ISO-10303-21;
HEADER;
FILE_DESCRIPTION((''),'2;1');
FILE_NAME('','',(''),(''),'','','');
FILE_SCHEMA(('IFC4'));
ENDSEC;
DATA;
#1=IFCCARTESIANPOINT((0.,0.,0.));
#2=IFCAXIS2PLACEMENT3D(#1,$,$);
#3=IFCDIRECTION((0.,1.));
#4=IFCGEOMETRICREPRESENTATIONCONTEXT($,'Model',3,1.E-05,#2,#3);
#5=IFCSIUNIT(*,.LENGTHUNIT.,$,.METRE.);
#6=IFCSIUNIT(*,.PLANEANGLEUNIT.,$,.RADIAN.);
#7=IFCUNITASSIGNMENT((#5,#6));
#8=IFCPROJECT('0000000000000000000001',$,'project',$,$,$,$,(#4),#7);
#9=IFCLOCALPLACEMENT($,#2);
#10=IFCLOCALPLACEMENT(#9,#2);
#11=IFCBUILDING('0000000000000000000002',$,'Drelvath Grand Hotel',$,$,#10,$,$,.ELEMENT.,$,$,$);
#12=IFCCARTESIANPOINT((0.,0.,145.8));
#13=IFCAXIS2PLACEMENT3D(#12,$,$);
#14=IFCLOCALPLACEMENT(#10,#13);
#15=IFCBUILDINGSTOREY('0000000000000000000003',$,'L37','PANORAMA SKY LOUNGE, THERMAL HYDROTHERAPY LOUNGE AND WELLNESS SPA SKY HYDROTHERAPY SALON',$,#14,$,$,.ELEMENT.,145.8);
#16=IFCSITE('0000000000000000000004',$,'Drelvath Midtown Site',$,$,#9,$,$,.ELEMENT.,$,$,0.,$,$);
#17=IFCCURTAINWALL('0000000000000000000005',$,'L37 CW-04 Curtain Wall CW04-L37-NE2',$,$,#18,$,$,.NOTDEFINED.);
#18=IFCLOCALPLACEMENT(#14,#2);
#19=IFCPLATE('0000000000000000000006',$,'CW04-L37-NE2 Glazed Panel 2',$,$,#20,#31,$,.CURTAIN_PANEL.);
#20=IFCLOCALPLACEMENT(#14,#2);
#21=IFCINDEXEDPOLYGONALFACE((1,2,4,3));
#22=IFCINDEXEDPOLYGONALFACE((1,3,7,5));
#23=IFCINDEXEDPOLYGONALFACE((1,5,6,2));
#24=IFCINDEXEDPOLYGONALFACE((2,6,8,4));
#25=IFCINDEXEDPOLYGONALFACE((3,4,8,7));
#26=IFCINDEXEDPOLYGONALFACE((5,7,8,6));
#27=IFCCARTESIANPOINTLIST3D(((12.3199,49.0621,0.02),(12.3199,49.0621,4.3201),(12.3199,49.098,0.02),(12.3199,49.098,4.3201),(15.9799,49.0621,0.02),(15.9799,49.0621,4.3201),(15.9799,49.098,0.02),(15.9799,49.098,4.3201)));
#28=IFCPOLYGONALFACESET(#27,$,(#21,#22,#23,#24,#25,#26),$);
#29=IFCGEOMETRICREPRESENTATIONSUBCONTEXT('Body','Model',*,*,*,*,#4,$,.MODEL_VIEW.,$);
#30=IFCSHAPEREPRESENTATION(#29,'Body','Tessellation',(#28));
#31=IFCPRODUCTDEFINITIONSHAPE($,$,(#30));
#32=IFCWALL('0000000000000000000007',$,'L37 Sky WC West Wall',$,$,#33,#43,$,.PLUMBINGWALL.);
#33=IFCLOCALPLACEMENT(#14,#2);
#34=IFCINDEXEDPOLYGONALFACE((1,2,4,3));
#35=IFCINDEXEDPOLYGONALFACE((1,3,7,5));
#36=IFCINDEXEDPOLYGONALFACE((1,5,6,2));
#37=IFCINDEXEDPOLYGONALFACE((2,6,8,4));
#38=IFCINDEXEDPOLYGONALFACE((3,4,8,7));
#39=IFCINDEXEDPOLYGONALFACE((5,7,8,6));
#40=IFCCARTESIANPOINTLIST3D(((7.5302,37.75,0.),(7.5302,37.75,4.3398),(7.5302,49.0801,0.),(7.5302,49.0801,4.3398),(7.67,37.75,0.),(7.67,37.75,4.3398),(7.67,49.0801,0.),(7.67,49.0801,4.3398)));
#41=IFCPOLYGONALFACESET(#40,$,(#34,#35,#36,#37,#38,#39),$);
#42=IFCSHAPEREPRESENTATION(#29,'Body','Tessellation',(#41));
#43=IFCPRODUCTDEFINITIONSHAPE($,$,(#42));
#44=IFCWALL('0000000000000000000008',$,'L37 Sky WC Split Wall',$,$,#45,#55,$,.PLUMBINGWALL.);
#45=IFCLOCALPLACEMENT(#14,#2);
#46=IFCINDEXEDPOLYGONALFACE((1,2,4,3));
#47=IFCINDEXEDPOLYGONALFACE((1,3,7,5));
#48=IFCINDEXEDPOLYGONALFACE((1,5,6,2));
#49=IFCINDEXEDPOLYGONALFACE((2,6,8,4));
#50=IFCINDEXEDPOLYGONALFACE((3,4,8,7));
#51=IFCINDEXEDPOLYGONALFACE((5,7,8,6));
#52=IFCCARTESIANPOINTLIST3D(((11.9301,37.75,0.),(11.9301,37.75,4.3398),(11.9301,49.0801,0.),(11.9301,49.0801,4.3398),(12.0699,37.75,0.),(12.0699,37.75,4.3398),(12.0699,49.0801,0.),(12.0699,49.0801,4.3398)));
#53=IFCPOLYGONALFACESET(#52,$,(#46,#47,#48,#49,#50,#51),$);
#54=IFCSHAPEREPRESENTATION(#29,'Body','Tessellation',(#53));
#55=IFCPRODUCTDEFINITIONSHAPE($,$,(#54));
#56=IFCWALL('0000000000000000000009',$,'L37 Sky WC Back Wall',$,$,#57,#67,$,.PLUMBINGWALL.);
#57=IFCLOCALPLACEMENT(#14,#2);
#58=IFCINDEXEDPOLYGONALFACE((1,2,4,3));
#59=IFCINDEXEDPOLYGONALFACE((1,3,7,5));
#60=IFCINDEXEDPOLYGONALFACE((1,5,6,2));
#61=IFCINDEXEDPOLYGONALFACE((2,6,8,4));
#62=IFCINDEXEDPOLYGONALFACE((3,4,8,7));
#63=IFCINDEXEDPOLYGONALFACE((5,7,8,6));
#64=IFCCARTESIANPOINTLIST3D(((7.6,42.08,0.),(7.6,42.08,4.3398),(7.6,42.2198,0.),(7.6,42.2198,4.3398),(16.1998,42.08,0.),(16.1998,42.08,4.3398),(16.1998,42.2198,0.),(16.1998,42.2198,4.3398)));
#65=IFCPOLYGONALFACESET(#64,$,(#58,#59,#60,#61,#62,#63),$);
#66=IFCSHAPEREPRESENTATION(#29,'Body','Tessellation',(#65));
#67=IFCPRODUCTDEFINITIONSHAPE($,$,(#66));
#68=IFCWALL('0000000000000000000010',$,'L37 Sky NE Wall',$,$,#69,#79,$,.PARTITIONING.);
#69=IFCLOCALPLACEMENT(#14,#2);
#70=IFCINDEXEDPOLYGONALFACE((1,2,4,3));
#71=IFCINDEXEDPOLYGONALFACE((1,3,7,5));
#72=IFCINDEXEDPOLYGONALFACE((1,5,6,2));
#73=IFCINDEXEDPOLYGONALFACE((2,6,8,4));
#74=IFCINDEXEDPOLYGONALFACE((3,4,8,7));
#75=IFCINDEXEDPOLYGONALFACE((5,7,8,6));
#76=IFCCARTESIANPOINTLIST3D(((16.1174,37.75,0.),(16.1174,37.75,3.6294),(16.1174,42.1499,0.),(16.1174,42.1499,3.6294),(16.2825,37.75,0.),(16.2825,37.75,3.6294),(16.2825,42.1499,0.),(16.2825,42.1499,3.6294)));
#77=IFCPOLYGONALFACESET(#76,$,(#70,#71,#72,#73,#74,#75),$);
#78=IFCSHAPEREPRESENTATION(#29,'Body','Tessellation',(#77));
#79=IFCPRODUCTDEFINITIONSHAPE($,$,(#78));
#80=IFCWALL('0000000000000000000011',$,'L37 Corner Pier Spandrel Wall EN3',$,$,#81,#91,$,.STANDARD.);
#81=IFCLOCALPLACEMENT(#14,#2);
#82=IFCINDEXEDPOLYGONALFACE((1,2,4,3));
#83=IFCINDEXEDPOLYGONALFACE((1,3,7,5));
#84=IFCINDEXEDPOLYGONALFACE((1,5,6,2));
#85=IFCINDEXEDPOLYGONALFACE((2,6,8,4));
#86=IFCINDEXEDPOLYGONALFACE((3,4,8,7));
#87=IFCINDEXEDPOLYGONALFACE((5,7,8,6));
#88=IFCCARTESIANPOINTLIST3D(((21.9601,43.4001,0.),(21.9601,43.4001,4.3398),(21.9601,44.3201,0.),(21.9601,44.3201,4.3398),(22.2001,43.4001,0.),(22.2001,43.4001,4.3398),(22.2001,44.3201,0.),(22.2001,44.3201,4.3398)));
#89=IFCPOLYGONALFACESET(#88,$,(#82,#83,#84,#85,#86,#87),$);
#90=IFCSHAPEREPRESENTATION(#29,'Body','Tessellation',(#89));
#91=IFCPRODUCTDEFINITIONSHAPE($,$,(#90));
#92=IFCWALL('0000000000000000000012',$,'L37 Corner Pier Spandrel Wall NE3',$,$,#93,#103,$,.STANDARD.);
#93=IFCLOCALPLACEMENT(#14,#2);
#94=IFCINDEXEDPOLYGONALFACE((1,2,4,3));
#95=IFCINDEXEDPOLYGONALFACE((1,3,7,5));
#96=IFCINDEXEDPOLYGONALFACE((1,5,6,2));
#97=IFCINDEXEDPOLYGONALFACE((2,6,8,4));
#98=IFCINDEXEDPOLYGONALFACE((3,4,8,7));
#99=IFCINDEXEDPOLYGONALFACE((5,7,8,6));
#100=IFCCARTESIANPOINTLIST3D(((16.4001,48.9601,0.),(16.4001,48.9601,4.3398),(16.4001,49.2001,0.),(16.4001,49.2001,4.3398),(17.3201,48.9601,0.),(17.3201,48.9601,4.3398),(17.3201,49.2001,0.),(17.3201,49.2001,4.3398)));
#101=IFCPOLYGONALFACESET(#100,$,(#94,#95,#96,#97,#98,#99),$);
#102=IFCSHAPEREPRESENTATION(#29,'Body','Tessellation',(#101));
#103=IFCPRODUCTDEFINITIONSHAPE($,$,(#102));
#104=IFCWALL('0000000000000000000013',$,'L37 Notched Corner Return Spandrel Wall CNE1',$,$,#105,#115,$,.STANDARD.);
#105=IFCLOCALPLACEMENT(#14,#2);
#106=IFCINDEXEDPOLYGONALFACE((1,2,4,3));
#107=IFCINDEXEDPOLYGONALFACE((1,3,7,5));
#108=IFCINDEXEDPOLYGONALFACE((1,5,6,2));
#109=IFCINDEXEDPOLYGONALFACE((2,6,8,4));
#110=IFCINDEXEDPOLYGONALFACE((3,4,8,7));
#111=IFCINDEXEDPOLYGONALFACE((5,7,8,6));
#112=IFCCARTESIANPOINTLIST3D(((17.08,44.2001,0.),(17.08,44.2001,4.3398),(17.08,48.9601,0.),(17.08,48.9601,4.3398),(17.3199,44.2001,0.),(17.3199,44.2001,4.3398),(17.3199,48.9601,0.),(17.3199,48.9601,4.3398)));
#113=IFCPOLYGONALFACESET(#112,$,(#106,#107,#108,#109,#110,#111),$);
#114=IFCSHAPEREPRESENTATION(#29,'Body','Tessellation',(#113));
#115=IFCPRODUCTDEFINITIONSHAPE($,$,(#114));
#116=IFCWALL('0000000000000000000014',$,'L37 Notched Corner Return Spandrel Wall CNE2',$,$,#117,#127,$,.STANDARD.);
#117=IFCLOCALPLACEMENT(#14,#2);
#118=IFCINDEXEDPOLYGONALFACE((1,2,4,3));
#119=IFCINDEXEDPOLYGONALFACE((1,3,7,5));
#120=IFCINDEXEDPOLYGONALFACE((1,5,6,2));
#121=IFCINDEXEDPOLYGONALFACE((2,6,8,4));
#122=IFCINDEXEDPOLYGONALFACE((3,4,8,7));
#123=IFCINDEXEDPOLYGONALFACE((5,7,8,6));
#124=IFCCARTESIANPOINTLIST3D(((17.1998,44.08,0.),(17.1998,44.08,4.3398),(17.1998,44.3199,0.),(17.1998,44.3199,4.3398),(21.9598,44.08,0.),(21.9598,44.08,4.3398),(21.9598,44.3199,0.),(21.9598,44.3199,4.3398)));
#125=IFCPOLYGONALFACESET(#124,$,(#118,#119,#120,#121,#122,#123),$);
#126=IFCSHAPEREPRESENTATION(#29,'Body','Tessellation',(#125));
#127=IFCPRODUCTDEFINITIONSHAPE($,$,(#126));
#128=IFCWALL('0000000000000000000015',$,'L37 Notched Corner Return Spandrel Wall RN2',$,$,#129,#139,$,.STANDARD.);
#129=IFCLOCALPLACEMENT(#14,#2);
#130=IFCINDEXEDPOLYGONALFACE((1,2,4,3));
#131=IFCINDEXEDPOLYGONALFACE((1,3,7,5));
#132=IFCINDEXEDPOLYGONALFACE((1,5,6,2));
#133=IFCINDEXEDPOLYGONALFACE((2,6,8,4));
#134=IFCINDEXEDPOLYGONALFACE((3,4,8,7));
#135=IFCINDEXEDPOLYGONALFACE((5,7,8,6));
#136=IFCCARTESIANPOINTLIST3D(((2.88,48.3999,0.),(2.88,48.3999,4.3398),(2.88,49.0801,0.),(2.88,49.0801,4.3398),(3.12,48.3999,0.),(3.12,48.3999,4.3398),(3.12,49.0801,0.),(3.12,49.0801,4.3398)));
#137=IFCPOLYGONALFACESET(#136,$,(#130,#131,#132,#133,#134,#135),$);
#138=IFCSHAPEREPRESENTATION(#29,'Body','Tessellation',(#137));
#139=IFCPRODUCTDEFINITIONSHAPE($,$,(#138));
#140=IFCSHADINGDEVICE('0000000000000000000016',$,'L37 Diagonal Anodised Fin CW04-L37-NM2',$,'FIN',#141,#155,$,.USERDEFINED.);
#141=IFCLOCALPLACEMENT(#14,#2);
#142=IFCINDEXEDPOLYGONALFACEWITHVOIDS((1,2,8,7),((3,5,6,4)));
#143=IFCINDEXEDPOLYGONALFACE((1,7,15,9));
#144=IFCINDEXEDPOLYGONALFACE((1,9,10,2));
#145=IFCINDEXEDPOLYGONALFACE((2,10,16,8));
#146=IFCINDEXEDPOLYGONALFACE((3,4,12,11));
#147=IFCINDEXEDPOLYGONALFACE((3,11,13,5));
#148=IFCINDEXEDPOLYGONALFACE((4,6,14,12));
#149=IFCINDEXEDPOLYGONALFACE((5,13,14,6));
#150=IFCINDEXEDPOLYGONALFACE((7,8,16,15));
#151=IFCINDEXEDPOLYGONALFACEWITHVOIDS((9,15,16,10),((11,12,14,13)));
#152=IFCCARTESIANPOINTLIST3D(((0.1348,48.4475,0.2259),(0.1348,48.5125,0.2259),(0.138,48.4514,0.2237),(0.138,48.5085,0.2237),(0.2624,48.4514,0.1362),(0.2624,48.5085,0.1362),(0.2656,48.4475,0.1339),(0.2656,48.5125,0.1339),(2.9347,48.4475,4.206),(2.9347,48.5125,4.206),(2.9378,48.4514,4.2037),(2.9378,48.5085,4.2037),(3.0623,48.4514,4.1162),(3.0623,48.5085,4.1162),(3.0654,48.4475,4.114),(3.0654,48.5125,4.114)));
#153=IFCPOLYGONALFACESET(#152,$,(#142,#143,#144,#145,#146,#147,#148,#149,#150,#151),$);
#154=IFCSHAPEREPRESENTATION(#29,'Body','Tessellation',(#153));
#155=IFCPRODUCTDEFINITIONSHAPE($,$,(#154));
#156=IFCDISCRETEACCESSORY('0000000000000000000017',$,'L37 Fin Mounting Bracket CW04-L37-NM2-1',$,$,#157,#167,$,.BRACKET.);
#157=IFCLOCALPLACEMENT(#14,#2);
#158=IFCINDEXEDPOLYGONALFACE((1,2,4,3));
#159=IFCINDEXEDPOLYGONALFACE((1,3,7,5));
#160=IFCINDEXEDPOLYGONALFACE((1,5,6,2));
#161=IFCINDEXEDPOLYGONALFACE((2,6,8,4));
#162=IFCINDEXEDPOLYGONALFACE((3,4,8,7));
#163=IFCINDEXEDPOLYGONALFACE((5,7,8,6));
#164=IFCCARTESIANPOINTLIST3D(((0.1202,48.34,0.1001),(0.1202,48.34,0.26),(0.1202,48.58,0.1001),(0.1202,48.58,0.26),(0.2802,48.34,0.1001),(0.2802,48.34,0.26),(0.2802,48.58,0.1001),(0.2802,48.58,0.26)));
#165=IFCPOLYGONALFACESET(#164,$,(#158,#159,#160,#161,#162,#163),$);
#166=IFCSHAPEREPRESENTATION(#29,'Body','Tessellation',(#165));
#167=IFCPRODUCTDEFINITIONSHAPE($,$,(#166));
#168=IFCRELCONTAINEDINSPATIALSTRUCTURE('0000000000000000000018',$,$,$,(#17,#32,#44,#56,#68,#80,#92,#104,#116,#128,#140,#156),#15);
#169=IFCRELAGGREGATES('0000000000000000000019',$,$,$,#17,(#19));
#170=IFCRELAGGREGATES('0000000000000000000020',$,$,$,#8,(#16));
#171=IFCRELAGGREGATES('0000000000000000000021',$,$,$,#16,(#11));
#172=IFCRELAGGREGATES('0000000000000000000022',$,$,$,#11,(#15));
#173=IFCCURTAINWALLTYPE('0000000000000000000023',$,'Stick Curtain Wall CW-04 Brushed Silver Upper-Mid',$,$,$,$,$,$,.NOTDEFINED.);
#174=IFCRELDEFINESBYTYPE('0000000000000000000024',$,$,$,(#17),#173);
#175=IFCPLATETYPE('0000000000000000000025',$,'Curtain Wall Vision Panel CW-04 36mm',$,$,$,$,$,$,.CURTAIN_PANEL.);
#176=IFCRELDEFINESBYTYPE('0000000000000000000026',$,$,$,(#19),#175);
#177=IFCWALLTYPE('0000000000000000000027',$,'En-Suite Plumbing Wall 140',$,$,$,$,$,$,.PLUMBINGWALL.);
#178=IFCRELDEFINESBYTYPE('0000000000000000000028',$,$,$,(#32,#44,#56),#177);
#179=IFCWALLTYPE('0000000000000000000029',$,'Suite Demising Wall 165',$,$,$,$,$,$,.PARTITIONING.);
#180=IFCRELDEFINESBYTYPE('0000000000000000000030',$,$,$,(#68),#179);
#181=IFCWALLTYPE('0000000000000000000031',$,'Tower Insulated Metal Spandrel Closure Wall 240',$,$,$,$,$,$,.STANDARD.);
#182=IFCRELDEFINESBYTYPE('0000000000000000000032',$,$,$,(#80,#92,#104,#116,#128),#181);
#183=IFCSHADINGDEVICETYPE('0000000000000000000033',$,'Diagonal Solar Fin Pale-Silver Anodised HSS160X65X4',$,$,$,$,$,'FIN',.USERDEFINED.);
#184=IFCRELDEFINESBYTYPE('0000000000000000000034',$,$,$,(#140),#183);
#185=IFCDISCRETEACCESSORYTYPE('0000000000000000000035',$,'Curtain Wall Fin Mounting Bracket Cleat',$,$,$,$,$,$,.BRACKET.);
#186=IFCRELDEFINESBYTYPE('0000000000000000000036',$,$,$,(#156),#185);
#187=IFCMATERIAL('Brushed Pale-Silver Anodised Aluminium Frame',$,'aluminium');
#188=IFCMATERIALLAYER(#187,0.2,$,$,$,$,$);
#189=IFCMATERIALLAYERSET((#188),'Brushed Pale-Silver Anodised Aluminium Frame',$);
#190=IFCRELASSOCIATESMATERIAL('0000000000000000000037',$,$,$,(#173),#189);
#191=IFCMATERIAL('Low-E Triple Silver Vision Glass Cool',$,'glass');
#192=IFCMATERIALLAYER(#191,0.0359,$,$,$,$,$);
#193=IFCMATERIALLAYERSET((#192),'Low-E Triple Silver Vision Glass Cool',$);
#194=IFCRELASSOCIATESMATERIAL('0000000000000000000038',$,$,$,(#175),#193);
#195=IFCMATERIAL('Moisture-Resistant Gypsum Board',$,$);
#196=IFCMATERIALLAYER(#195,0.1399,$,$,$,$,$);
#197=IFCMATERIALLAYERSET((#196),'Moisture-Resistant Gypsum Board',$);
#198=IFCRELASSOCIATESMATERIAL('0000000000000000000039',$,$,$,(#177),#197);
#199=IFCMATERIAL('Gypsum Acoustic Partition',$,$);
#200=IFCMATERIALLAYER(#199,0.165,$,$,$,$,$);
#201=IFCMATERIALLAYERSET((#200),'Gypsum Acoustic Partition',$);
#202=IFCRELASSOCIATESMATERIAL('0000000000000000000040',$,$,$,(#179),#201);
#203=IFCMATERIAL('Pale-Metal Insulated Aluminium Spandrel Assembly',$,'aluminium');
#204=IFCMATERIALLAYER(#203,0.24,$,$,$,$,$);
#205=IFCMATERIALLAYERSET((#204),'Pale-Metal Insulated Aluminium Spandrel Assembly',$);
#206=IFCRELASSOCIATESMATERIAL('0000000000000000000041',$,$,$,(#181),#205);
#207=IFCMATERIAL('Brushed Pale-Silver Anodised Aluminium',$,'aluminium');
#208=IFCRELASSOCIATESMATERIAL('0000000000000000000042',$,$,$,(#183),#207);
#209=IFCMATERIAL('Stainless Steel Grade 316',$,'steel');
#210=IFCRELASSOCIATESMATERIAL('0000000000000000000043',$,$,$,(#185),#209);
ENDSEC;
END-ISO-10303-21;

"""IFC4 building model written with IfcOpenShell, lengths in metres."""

from ifc_helpers import new_model, si_unit, direction, frame, frame_2d, origin, origin_2d, place, context, subcontext, project, spatial, rectangle, hollow_rectangle, extrude, material, layer, layer_set, material_profile, profile_set, type_object, element, aggregate, save


model = new_model("IFC4")

# Units and contexts
model_context = context("Model", 3, precision=1e-05, world=origin(), true_north=direction((0.0, 1.0)))
body_context = subcontext(model_context, "Body", "Model", "MODEL_VIEW")
ifc_project = project(units=[si_unit("LENGTHUNIT", "METRE"), si_unit("PLANEANGLEUNIT", "RADIAN")], contexts=[model_context])

# Site, building, storey
site_placement = place(None, origin())
site = spatial("IfcSite", under=ifc_project, at=site_placement, Name="Drelvath Midtown Site", CompositionType="ELEMENT", RefElevation=0.0)
building_placement = place(site_placement, origin())
building = spatial("IfcBuilding", under=site, at=building_placement, Name="Drelvath Grand Hotel", CompositionType="ELEMENT")
storey_placement = place(building_placement, frame((0.0, 0.0, 145.8)))
storey = spatial("IfcBuildingStorey", under=building, at=storey_placement, Name="L37", Description="PANORAMA SKY LOUNGE, THERMAL HYDROTHERAPY LOUNGE AND WELLNESS SPA SKY HYDROTHERAPY SALON", CompositionType="ELEMENT", Elevation=145.8)

# Curtain wall
ifc_material_1 = material(Name="Brushed Pale-Silver Anodised Aluminium Frame", Category="aluminium")
ifc_layer_1 = layer(ifc_material_1, 0.2)
ifc_layer_set_1 = layer_set([ifc_layer_1], Name="Brushed Pale-Silver Anodised Aluminium Frame")
curtain_wall_type = type_object("IfcCurtainWallType", Name="Stick Curtain Wall CW-04 Brushed Silver Upper-Mid", PredefinedType="NOTDEFINED", material=ifc_layer_set_1)
curtain_wall_1_placement = place(storey_placement, origin())
curtain_wall_1 = element("IfcCurtainWall", 1, at=curtain_wall_1_placement, inside=storey, type_object=curtain_wall_type, Name="L37 CW-04 Curtain Wall CW04-L37-NE2", PredefinedType="NOTDEFINED")

# Plate
ifc_material_2 = material(Name="Low-E Triple Silver Vision Glass Cool", Category="glass")
ifc_layer_2 = layer(ifc_material_2, 0.0359)
ifc_layer_set_2 = layer_set([ifc_layer_2], Name="Low-E Triple Silver Vision Glass Cool")
plate_type = type_object("IfcPlateType", Name="Curtain Wall Vision Panel CW-04 36mm", PredefinedType="CURTAIN_PANEL", material=ifc_layer_set_2)
plate_1_placement = place(storey_placement, frame((14.1499, 49.0801, 0.02), z_axis=(0.0, 0.0, 1.0), x_axis=(1.0, 0.0, 0.0)))
plate_1 = element("IfcPlate", 2, at=plate_1_placement, type_object=plate_type, Name="CW04-L37-NE2 Glazed Panel 2", PredefinedType="CURTAIN_PANEL", context=body_context, shape_type="SweptSolid", body=[
    extrude(rectangle(XDim=3.6599, YDim=0.0359, at=origin_2d()), origin(), (0.0, 0.0, 1.0), 4.3),
])
aggregate(curtain_wall_1, [plate_1])

# Walls
ifc_material_3 = material(Name="Moisture-Resistant Gypsum Board")
ifc_layer_3 = layer(ifc_material_3, 0.1399)
ifc_layer_set_3 = layer_set([ifc_layer_3], Name="Moisture-Resistant Gypsum Board")
wall_type_1 = type_object("IfcWallType", Name="En-Suite Plumbing Wall 140", PredefinedType="PLUMBINGWALL", material=ifc_layer_set_3)
for number, where, z_axis, x_axis, name in (
    (3, (7.6001, 37.75, 0.0), (0.0, 0.0, 1.0), (0.0, 1.0, 0.0), "L37 Sky WC West Wall"),
    (4, (12.0, 37.75, 0.0), (0.0, 0.0, 1.0), (0.0, 1.0, 0.0), "L37 Sky WC Split Wall"),
):
    element("IfcWall", number, at=place(storey_placement, frame(where, z_axis=z_axis, x_axis=x_axis)), inside=storey, type_object=wall_type_1, Name=name, PredefinedType="PLUMBINGWALL", context=body_context, shape_type="SweptSolid", body=[
        extrude(rectangle(XDim=11.3301, YDim=0.1399, at=frame_2d((5.665, 0.0))), origin(), (0.0, 0.0, 1.0), 4.3398),
    ])
wall_1_placement = place(storey_placement, frame((7.6001, 42.1499, 0.0), z_axis=(0.0, 0.0, 1.0), x_axis=(1.0, 0.0, 0.0)))
element("IfcWall", 5, at=wall_1_placement, inside=storey, type_object=wall_type_1, Name="L37 Sky WC Back Wall", PredefinedType="PLUMBINGWALL", context=body_context, shape_type="SweptSolid", body=[
    extrude(rectangle(XDim=8.5999, YDim=0.1399, at=frame_2d((4.2998, 0.0))), origin(), (0.0, 0.0, 1.0), 4.3398),
])
ifc_material_4 = material(Name="Gypsum Acoustic Partition")
ifc_layer_4 = layer(ifc_material_4, 0.165)
ifc_layer_set_4 = layer_set([ifc_layer_4], Name="Gypsum Acoustic Partition")
wall_type_2 = type_object("IfcWallType", Name="Suite Demising Wall 165", PredefinedType="PARTITIONING", material=ifc_layer_set_4)
wall_2_placement = place(storey_placement, frame((16.2, 37.75, 0.0), z_axis=(0.0, 0.0, 1.0), x_axis=(0.0, 1.0, 0.0)))
element("IfcWall", 6, at=wall_2_placement, inside=storey, type_object=wall_type_2, Name="L37 Sky NE Wall", PredefinedType="PARTITIONING", context=body_context, shape_type="SweptSolid", body=[
    extrude(rectangle(XDim=4.3999, YDim=0.165, at=frame_2d((2.2, 0.0))), origin(), (0.0, 0.0, 1.0), 3.6294),
])
ifc_material_5 = material(Name="Pale-Metal Insulated Aluminium Spandrel Assembly", Category="aluminium")
ifc_layer_5 = layer(ifc_material_5, 0.24)
ifc_layer_set_5 = layer_set([ifc_layer_5], Name="Pale-Metal Insulated Aluminium Spandrel Assembly")
wall_type_3 = type_object("IfcWallType", Name="Tower Insulated Metal Spandrel Closure Wall 240", PredefinedType="STANDARD", material=ifc_layer_set_5)
for number, where, z_axis, x_axis, name in (
    (7, (22.0801, 44.3201, 0.0), (0.0, 0.0, 1.0), (0.0, -1.0, 0.0), "L37 Corner Pier Spandrel Wall EN3"),
    (8, (16.4001, 49.0801, 0.0), (0.0, 0.0, 1.0), (1.0, 0.0, 0.0), "L37 Corner Pier Spandrel Wall NE3"),
):
    element("IfcWall", number, at=place(storey_placement, frame(where, z_axis=z_axis, x_axis=x_axis)), inside=storey, type_object=wall_type_3, Name=name, PredefinedType="STANDARD", context=body_context, shape_type="SweptSolid", body=[
        extrude(rectangle(XDim=0.9199, YDim=0.24, at=frame_2d((0.46, 0.0))), origin(), (0.0, 0.0, 1.0), 4.3398),
    ])
for number, where, z_axis, x_axis, name in (
    (9, (17.2, 48.96, 0.0), (0.0, 0.0, 1.0), (0.0, -1.0, 0.0), "L37 Notched Corner Return Spandrel Wall CNE1"),
    (10, (17.2, 44.2, 0.0), (0.0, 0.0, 1.0), (1.0, 0.0, 0.0), "L37 Notched Corner Return Spandrel Wall CNE2"),
):
    element("IfcWall", number, at=place(storey_placement, frame(where, z_axis=z_axis, x_axis=x_axis)), inside=storey, type_object=wall_type_3, Name=name, PredefinedType="STANDARD", context=body_context, shape_type="SweptSolid", body=[
        extrude(rectangle(XDim=4.76, YDim=0.24, at=frame_2d((2.3799, 0.0))), origin(), (0.0, 0.0, 1.0), 4.3398),
    ])
wall_3_placement = place(storey_placement, frame((3.0, 48.3999, 0.0), z_axis=(0.0, 0.0, 1.0), x_axis=(0.0, 1.0, 0.0)))
element("IfcWall", 11, at=wall_3_placement, inside=storey, type_object=wall_type_3, Name="L37 Notched Corner Return Spandrel Wall RN2", PredefinedType="STANDARD", context=body_context, shape_type="SweptSolid", body=[
    extrude(rectangle(XDim=0.6802, YDim=0.24, at=frame_2d((0.3401, 0.0))), origin(), (0.0, 0.0, 1.0), 4.3398),
])

# Shading device
ifc_material_6 = material(Name="Brushed Pale-Silver Anodised Aluminium", Category="aluminium")
ifc_material_profile_1 = material_profile(ifc_material_6, hollow_rectangle(XDim=0.0649, YDim=0.1599, WallThickness=0.0039, at=origin_2d()), Name="HSS160X65X4")
ifc_profile_set_1 = profile_set([ifc_material_profile_1], Name="Brushed Pale-Silver Anodised Aluminium")
shading_device_type = type_object("IfcShadingDeviceType", Name="Diagonal Solar Fin Pale-Silver Anodised HSS160X65X4", ElementType="FIN", PredefinedType="USERDEFINED", material=ifc_profile_set_1)
shading_device_placement = place(storey_placement, frame((0.2002, 48.48, 0.1799), z_axis=(0.575367, 0.0, 0.817896), x_axis=(0.0, 1.0, 0.0)))
element("IfcShadingDevice", 12, at=shading_device_placement, inside=storey, type_object=shading_device_type, Name="L37 Diagonal Anodised Fin CW04-L37-NM2", ObjectType="FIN", PredefinedType="USERDEFINED", context=body_context, shape_type="SweptSolid", body=[
    extrude(hollow_rectangle(XDim=0.0649, YDim=0.1599, WallThickness=0.0039, at=origin_2d()), origin(), (0.0, 0.0, 1.0), 4.8662),
])

# Discrete accessory
ifc_material_7 = material(Name="Stainless Steel Grade 316", Category="steel")
discrete_accessory_type = type_object("IfcDiscreteAccessoryType", Name="Curtain Wall Fin Mounting Bracket Cleat", PredefinedType="BRACKET", material=ifc_material_7)
discrete_accessory_placement = place(storey_placement, frame((0.2002, 48.46, 0.1001), z_axis=(0.0, 0.0, 1.0), x_axis=(1.0, 0.0, 0.0)))
element("IfcDiscreteAccessory", 13, at=discrete_accessory_placement, inside=storey, type_object=discrete_accessory_type, Name="L37 Fin Mounting Bracket CW04-L37-NM2-1", PredefinedType="BRACKET", context=body_context, shape_type="SweptSolid", body=[
    extrude(rectangle(XDim=0.1599, YDim=0.24, at=origin_2d()), origin(), (0.0, 0.0, 1.0), 0.1599),
])

save(model, "model.ifc")
